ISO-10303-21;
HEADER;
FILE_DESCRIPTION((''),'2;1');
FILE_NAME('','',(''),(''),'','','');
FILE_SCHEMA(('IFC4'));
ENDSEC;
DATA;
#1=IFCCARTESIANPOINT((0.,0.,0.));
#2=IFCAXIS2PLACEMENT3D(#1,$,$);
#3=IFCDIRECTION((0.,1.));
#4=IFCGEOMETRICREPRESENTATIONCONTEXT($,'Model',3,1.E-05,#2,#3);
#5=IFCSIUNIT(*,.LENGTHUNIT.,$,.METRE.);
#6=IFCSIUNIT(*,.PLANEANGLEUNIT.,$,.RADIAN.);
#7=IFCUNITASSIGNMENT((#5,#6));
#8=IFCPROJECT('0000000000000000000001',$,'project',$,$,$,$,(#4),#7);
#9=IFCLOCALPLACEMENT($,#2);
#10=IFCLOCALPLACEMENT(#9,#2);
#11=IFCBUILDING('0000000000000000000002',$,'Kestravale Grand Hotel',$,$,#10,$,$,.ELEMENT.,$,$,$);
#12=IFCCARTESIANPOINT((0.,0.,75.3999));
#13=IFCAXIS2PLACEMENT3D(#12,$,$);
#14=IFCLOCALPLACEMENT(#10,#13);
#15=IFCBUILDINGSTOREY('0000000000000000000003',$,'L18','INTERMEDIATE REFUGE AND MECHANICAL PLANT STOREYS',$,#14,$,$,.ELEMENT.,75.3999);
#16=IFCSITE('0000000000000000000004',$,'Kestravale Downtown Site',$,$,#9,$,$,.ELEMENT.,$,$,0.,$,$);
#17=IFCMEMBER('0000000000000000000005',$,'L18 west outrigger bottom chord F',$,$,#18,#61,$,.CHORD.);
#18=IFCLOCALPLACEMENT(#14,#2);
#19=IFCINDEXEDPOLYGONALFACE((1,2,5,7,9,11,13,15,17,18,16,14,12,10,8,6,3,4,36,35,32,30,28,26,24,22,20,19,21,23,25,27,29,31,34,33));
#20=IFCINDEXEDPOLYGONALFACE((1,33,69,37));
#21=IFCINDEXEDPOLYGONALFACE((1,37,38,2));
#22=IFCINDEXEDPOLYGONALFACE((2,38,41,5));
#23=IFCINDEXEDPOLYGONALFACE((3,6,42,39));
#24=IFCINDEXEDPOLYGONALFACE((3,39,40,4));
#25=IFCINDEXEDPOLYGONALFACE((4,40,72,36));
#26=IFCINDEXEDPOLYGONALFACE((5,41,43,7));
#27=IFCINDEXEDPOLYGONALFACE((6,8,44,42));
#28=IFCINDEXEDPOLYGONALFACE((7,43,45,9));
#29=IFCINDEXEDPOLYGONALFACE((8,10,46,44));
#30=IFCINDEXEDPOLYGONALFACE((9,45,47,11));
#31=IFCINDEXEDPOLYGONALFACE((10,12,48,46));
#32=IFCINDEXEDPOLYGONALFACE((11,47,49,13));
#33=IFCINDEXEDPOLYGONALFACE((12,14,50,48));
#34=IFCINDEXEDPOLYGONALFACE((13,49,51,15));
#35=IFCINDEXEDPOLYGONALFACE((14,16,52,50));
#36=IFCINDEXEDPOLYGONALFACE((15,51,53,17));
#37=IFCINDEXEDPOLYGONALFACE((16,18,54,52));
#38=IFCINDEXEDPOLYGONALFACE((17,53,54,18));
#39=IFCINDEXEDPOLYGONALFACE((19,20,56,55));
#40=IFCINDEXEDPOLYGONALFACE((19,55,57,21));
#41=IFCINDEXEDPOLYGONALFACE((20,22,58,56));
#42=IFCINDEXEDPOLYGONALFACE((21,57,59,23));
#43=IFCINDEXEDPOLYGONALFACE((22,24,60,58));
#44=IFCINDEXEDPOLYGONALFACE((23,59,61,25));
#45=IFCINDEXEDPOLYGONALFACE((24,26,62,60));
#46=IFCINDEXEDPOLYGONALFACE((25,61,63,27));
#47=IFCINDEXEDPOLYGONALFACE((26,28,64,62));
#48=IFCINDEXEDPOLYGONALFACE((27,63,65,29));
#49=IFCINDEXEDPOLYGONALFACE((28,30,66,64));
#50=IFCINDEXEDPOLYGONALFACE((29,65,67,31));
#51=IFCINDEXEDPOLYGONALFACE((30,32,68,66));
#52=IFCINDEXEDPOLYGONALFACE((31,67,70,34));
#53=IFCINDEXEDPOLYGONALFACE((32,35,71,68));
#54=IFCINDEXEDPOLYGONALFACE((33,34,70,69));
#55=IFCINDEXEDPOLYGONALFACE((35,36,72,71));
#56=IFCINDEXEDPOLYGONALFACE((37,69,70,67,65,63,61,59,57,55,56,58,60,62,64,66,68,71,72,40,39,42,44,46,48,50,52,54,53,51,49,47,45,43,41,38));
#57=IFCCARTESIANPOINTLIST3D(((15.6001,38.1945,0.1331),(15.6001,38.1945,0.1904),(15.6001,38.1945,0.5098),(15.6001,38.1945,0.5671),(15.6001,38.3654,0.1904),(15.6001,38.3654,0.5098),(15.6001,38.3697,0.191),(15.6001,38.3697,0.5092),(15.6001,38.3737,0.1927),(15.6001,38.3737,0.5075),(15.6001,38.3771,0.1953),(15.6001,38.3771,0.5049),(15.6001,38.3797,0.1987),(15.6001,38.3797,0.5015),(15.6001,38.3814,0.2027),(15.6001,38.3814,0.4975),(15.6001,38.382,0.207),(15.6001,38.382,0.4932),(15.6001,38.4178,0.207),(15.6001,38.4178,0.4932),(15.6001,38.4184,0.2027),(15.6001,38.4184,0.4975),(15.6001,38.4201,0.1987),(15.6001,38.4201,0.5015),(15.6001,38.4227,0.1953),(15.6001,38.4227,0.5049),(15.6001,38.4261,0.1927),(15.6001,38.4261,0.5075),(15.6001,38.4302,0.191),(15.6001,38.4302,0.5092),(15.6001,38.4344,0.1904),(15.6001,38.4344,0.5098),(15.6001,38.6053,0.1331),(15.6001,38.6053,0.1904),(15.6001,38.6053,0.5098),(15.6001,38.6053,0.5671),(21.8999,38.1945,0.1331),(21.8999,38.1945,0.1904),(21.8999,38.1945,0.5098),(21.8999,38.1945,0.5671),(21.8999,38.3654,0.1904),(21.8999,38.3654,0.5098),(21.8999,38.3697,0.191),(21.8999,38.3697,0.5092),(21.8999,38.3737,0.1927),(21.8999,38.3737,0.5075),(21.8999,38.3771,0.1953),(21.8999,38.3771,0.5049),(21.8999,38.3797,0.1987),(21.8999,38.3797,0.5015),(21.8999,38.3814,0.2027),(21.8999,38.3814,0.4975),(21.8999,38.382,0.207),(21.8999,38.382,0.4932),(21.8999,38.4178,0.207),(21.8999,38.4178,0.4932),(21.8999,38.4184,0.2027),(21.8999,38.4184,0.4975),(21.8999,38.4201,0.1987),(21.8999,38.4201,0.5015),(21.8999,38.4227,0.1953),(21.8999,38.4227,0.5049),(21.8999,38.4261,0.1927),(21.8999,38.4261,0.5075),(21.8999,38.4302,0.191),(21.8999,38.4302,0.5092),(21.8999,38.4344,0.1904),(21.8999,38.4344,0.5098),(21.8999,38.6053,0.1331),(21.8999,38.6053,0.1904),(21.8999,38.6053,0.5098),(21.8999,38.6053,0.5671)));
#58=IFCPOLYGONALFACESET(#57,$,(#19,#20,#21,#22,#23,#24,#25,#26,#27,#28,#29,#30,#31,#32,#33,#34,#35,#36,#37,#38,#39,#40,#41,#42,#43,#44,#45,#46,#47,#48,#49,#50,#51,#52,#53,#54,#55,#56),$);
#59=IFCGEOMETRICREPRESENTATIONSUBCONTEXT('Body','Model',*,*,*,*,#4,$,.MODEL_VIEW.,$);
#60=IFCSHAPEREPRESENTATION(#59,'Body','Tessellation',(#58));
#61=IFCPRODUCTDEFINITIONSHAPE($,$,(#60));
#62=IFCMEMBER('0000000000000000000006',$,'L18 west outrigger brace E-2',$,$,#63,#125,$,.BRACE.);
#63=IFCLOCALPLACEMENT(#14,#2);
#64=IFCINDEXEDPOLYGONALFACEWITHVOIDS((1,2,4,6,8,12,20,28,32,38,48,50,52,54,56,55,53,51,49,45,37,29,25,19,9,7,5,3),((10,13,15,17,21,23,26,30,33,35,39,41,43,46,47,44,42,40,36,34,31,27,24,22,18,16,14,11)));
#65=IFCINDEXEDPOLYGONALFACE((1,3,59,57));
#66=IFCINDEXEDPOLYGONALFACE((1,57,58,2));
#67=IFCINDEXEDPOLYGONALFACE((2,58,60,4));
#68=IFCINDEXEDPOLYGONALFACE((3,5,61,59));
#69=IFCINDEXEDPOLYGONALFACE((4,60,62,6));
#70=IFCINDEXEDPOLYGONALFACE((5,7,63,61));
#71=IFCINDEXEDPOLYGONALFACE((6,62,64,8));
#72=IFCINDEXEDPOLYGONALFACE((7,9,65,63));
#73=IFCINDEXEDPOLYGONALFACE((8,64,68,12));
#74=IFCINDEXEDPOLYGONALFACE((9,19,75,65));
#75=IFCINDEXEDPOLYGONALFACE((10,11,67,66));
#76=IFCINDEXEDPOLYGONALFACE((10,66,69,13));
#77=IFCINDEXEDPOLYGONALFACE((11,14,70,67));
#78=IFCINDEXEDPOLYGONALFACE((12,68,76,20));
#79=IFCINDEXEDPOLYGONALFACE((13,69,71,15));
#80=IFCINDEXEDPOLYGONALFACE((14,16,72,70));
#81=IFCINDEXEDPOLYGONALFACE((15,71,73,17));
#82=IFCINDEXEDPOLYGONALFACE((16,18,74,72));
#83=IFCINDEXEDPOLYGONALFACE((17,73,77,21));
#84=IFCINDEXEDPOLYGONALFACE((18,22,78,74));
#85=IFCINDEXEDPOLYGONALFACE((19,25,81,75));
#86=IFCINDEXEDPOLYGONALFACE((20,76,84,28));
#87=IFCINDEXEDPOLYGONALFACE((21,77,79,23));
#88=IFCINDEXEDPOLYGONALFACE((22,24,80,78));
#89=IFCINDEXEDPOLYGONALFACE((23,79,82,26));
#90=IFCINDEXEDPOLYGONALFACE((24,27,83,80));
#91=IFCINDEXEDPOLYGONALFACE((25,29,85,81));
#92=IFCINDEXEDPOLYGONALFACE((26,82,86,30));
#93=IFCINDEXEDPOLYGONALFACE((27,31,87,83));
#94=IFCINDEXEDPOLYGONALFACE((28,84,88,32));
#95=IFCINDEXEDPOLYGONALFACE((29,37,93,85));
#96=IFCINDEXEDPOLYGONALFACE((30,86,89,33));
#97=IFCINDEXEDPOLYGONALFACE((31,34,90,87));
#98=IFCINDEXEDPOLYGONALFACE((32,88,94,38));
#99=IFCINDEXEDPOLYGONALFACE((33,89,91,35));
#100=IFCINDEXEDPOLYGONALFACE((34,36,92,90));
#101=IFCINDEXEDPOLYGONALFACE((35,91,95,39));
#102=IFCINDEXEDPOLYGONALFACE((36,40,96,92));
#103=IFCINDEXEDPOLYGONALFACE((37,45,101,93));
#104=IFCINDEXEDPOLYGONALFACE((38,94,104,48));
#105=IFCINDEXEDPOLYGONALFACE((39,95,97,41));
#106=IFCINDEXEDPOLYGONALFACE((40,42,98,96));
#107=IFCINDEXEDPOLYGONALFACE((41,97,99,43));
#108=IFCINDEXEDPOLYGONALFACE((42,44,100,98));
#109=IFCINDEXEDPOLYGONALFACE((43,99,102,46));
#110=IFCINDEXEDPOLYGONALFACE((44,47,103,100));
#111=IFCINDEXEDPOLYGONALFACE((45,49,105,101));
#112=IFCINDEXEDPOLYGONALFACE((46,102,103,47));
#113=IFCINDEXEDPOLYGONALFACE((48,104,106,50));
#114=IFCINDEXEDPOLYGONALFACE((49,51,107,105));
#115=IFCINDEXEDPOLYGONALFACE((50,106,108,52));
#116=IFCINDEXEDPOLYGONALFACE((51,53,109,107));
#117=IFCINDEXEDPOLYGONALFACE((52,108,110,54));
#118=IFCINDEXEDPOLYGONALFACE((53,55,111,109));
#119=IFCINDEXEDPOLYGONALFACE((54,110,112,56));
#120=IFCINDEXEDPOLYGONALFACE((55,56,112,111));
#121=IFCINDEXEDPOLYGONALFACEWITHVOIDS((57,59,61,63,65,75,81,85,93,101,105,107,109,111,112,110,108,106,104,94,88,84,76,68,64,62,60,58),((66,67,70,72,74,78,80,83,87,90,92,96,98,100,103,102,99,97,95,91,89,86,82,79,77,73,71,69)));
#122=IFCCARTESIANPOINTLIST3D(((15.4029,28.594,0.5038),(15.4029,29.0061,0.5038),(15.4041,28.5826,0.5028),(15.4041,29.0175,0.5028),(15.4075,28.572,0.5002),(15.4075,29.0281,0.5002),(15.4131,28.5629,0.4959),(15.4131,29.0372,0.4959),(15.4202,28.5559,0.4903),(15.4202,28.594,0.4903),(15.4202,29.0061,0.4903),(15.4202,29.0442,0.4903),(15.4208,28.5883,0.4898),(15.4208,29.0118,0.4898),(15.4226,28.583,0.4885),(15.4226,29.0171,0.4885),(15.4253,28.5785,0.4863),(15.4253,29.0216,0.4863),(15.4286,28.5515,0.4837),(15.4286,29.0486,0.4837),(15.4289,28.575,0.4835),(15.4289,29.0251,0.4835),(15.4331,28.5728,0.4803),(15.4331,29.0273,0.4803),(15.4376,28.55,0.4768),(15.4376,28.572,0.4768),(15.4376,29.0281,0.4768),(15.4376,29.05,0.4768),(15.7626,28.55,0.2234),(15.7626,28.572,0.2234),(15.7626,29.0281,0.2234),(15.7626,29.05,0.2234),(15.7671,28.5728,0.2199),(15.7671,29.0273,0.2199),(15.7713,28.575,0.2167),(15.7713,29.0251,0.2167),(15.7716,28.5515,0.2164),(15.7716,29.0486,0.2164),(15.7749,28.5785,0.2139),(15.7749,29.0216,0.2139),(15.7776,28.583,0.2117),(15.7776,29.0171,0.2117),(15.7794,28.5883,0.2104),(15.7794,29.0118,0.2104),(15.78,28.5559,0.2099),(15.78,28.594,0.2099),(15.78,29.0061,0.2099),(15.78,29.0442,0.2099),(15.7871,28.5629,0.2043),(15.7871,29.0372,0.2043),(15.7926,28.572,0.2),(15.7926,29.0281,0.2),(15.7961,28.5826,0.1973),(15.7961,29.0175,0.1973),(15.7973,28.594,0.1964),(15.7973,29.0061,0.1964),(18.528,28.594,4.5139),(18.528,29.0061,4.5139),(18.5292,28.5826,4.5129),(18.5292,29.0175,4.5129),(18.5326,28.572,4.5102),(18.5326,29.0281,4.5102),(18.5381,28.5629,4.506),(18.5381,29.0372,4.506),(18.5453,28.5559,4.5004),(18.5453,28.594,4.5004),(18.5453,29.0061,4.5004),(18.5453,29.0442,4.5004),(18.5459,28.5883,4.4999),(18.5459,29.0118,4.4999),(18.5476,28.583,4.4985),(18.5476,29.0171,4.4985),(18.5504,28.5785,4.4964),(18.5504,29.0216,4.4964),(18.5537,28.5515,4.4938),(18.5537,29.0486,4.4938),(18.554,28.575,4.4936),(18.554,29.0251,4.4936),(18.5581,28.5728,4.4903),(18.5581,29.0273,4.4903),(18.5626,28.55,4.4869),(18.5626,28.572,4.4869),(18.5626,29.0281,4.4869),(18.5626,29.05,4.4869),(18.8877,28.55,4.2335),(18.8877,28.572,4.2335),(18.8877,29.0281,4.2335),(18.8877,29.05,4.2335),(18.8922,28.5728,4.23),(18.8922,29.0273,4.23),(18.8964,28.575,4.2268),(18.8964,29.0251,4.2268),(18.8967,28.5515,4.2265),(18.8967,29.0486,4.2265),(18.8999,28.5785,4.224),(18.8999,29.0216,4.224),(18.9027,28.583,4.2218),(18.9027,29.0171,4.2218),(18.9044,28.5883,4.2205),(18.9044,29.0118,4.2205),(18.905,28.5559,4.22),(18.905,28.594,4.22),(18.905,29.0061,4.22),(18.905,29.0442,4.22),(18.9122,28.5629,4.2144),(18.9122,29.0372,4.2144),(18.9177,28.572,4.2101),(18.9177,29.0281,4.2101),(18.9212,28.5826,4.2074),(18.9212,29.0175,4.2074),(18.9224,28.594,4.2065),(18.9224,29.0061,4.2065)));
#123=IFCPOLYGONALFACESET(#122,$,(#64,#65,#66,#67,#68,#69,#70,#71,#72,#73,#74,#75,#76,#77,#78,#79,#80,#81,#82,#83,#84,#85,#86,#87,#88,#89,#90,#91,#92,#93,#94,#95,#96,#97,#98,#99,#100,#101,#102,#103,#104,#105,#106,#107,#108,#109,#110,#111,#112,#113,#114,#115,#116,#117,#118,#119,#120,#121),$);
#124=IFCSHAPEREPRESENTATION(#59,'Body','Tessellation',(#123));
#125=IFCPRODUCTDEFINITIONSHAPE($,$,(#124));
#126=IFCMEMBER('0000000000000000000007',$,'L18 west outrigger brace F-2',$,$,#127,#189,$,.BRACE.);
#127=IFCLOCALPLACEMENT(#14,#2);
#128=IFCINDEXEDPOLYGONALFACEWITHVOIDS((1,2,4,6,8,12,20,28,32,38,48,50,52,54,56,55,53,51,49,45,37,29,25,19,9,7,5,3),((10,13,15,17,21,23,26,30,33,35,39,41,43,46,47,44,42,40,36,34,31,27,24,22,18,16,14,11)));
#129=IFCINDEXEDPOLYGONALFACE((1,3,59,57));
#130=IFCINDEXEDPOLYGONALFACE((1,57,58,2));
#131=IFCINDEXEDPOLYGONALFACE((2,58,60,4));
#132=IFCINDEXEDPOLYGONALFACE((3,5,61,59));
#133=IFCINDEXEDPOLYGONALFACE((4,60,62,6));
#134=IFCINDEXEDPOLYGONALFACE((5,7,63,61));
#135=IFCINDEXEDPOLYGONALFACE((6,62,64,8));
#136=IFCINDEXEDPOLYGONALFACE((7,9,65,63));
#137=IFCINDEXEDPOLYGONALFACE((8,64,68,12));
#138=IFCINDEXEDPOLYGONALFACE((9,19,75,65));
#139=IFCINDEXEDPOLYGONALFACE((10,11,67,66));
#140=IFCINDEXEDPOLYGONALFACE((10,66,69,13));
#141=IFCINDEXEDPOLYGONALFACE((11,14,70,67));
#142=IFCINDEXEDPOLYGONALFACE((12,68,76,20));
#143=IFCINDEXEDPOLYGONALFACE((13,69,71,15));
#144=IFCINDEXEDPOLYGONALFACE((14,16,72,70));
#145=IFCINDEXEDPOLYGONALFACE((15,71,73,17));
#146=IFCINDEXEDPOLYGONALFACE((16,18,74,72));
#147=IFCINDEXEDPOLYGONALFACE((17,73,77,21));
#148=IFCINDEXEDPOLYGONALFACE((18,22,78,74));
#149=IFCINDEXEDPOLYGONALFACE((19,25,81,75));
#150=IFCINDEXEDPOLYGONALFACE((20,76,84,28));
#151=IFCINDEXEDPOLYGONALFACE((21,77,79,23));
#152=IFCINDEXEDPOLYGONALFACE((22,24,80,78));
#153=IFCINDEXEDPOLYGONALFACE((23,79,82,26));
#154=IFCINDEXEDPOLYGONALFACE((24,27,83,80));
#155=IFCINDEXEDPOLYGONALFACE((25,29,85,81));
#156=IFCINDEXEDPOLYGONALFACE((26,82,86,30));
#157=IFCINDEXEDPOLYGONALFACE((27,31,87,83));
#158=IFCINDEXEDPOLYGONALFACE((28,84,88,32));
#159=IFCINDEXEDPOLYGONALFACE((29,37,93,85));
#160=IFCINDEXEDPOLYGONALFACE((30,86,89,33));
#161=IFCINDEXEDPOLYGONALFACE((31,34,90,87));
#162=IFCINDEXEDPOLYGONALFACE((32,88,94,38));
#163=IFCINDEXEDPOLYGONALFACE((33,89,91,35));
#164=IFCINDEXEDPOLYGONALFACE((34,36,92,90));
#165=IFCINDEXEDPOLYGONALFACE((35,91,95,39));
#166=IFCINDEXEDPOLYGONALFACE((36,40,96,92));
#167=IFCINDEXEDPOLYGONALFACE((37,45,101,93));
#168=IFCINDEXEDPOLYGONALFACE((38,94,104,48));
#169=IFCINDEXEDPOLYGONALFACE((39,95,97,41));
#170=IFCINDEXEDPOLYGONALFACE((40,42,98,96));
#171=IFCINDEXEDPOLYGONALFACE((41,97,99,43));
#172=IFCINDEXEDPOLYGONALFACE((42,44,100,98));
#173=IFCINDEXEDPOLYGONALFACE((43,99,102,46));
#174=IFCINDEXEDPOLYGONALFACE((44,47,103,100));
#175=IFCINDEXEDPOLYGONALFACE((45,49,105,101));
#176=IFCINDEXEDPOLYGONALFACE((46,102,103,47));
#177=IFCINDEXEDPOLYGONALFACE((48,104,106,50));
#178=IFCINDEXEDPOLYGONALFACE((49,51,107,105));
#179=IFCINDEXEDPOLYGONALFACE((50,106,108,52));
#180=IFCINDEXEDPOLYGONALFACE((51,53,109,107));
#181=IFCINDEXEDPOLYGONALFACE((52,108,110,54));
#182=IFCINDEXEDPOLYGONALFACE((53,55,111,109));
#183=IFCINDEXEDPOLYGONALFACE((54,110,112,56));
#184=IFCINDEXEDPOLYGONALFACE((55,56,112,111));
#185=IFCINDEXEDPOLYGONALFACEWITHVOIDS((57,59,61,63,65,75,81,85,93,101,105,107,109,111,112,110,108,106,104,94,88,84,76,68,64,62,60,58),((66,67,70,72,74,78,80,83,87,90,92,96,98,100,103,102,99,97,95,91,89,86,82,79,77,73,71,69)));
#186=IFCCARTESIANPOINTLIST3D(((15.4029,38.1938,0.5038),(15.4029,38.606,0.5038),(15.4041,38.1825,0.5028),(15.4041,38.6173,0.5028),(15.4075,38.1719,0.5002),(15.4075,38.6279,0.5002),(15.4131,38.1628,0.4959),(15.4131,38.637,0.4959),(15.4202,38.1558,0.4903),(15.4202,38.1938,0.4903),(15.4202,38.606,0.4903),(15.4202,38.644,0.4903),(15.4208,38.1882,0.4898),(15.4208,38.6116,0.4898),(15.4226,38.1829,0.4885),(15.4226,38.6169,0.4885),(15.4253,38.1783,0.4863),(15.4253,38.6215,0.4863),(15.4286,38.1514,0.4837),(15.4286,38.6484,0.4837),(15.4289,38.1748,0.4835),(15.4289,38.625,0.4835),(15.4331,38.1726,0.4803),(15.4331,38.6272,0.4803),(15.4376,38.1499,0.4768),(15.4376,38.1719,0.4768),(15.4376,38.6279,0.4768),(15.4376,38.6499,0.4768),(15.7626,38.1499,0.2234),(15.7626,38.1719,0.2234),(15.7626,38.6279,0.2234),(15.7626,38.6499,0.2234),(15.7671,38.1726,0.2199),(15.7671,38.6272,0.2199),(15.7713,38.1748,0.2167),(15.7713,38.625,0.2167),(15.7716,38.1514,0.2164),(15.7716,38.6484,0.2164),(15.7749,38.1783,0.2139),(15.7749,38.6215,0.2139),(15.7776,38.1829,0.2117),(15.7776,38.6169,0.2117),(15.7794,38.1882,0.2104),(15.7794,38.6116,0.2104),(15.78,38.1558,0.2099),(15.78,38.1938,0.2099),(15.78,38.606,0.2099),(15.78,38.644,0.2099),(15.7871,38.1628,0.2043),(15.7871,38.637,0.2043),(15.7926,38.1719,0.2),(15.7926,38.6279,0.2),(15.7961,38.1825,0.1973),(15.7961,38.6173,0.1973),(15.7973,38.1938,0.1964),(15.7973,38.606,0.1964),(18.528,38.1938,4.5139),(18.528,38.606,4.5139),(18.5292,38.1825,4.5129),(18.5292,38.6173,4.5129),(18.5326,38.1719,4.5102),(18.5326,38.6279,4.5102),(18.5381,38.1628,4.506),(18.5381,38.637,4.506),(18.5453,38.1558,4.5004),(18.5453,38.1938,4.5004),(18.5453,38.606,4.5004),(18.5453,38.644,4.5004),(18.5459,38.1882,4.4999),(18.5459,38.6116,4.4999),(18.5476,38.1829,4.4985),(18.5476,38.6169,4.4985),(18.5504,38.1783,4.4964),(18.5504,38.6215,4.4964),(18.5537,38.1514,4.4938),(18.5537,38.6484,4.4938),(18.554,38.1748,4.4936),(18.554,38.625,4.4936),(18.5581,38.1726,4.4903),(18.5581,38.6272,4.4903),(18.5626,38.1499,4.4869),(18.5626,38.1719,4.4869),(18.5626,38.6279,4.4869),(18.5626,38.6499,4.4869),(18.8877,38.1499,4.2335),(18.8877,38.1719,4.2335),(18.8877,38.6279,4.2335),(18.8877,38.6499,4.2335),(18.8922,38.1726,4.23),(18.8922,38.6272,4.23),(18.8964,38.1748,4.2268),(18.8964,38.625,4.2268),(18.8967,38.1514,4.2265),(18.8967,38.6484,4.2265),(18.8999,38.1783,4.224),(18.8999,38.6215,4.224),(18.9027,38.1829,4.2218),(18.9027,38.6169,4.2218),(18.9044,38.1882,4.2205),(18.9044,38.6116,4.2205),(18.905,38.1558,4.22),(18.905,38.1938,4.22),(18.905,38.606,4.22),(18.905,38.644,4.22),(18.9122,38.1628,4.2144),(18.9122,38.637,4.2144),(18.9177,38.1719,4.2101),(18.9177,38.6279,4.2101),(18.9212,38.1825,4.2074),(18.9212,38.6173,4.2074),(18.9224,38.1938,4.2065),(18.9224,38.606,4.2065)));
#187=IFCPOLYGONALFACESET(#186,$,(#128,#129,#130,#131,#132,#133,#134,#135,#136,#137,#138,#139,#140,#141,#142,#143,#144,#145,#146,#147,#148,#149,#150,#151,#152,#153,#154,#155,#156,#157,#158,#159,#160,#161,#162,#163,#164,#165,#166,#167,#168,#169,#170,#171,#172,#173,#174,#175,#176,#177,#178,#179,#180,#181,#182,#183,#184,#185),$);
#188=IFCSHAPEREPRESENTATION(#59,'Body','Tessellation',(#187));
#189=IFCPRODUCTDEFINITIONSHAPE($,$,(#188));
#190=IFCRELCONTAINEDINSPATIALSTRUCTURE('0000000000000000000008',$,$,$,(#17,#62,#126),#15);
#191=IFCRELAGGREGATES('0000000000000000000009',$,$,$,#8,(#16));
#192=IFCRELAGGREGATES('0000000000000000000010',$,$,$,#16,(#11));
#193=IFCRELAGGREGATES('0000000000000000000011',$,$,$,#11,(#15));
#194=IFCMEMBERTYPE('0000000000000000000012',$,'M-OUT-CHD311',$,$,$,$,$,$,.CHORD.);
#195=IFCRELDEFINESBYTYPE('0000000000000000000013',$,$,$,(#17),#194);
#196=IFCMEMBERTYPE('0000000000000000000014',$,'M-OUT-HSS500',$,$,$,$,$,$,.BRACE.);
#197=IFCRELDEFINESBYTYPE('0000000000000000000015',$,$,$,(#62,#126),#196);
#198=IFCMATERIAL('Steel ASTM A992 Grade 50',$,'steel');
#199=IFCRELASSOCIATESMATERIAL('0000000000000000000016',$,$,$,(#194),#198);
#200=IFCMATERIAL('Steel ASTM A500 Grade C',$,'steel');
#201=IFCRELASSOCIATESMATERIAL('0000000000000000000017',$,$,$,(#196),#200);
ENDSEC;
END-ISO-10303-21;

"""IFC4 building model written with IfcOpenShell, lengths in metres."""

from ifc_helpers import new_model, si_unit, direction, frame, origin, origin_2d, place, context, subcontext, project, spatial, hollow_rectangle, i_section, extrude, material, material_profile, profile_set, type_object, element, save


model = new_model("IFC4")

# Units and contexts
model_context = context("Model", 3, precision=1e-05, world=origin(), true_north=direction((0.0, 1.0)))
body_context = subcontext(model_context, "Body", "Model", "MODEL_VIEW")
ifc_project = project(units=[si_unit("LENGTHUNIT", "METRE"), si_unit("PLANEANGLEUNIT", "RADIAN")], contexts=[model_context])

# Site, building, storey
site_placement = place(None, origin())
site = spatial("IfcSite", under=ifc_project, at=site_placement, Name="Kestravale Downtown Site", CompositionType="ELEMENT", RefElevation=0.0)
building_placement = place(site_placement, origin())
building = spatial("IfcBuilding", under=site, at=building_placement, Name="Kestravale Grand Hotel", CompositionType="ELEMENT")
storey_placement = place(building_placement, frame((0.0, 0.0, 75.3999)))
storey = spatial("IfcBuildingStorey", under=building, at=storey_placement, Name="L18", Description="INTERMEDIATE REFUGE AND MECHANICAL PLANT STOREYS", CompositionType="ELEMENT", Elevation=75.3999)

# Members
ifc_material_1 = material(Name="Steel ASTM A992 Grade 50", Category="steel")
ifc_material_profile_1 = material_profile(ifc_material_1, i_section(OverallWidth=0.4109, OverallDepth=0.4341, WebThickness=0.0359, FlangeThickness=0.0574, FilletRadius=0.0166, at=origin_2d()))
ifc_profile_set_1 = profile_set([ifc_material_profile_1], Name="Steel ASTM A992 Grade 50")
member_type_1 = type_object("IfcMemberType", Name="M-OUT-CHD311", PredefinedType="CHORD", material=ifc_profile_set_1)
for number, where, z_axis, x_axis, name in (
    (1, (15.6001, 38.3999, 0.3501), (1.0, 0.0, 0.0), (0.0, 1.0, 0.0), "L18 west outrigger bottom chord F"),
):
    element("IfcMember", number, at=place(storey_placement, frame(where, z_axis=z_axis, x_axis=x_axis)), inside=storey, type_object=member_type_1, Name=name, PredefinedType="CHORD", context=body_context, shape_type="SweptSolid", body=[
        extrude(i_section(OverallWidth=0.4109, OverallDepth=0.4341, WebThickness=0.0359, FlangeThickness=0.0574, FilletRadius=0.0166, at=origin_2d()), origin(), (0.0, 0.0, 1.0), 6.2998),
    ])
ifc_material_2 = material(Name="Steel ASTM A500 Grade C", Category="steel")
ifc_material_profile_2 = material_profile(ifc_material_2, hollow_rectangle(XDim=0.5, YDim=0.5, WallThickness=0.022, InnerFilletRadius=0.022, OuterFilletRadius=0.0439, at=origin_2d()))
ifc_profile_set_2 = profile_set([ifc_material_profile_2], Name="Steel ASTM A500 Grade C")
member_type_2 = type_object("IfcMemberType", Name="M-OUT-HSS500", PredefinedType="BRACE", material=ifc_profile_set_2)
for number, where, z_axis, x_axis, name in (
    (2, (15.6001, 28.8, 0.3501), (0.614688, 0.0, 0.78877), (0.0, 1.0, 0.0), "L18 west outrigger brace E-2"),
    (3, (15.6001, 38.3999, 0.3501), (0.614688, 0.0, 0.78877), (0.0, 1.0, 0.0), "L18 west outrigger brace F-2"),
):
    element("IfcMember", number, at=place(storey_placement, frame(where, z_axis=z_axis, x_axis=x_axis)), inside=storey, type_object=member_type_2, Name=name, PredefinedType="BRACE", context=body_context, shape_type="SweptSolid", body=[
        extrude(hollow_rectangle(XDim=0.5, YDim=0.5, WallThickness=0.022, InnerFilletRadius=0.022, OuterFilletRadius=0.0439, at=origin_2d()), origin(), (0.0, 0.0, 1.0), 5.084),
    ])

save(model, "model.ifc")
